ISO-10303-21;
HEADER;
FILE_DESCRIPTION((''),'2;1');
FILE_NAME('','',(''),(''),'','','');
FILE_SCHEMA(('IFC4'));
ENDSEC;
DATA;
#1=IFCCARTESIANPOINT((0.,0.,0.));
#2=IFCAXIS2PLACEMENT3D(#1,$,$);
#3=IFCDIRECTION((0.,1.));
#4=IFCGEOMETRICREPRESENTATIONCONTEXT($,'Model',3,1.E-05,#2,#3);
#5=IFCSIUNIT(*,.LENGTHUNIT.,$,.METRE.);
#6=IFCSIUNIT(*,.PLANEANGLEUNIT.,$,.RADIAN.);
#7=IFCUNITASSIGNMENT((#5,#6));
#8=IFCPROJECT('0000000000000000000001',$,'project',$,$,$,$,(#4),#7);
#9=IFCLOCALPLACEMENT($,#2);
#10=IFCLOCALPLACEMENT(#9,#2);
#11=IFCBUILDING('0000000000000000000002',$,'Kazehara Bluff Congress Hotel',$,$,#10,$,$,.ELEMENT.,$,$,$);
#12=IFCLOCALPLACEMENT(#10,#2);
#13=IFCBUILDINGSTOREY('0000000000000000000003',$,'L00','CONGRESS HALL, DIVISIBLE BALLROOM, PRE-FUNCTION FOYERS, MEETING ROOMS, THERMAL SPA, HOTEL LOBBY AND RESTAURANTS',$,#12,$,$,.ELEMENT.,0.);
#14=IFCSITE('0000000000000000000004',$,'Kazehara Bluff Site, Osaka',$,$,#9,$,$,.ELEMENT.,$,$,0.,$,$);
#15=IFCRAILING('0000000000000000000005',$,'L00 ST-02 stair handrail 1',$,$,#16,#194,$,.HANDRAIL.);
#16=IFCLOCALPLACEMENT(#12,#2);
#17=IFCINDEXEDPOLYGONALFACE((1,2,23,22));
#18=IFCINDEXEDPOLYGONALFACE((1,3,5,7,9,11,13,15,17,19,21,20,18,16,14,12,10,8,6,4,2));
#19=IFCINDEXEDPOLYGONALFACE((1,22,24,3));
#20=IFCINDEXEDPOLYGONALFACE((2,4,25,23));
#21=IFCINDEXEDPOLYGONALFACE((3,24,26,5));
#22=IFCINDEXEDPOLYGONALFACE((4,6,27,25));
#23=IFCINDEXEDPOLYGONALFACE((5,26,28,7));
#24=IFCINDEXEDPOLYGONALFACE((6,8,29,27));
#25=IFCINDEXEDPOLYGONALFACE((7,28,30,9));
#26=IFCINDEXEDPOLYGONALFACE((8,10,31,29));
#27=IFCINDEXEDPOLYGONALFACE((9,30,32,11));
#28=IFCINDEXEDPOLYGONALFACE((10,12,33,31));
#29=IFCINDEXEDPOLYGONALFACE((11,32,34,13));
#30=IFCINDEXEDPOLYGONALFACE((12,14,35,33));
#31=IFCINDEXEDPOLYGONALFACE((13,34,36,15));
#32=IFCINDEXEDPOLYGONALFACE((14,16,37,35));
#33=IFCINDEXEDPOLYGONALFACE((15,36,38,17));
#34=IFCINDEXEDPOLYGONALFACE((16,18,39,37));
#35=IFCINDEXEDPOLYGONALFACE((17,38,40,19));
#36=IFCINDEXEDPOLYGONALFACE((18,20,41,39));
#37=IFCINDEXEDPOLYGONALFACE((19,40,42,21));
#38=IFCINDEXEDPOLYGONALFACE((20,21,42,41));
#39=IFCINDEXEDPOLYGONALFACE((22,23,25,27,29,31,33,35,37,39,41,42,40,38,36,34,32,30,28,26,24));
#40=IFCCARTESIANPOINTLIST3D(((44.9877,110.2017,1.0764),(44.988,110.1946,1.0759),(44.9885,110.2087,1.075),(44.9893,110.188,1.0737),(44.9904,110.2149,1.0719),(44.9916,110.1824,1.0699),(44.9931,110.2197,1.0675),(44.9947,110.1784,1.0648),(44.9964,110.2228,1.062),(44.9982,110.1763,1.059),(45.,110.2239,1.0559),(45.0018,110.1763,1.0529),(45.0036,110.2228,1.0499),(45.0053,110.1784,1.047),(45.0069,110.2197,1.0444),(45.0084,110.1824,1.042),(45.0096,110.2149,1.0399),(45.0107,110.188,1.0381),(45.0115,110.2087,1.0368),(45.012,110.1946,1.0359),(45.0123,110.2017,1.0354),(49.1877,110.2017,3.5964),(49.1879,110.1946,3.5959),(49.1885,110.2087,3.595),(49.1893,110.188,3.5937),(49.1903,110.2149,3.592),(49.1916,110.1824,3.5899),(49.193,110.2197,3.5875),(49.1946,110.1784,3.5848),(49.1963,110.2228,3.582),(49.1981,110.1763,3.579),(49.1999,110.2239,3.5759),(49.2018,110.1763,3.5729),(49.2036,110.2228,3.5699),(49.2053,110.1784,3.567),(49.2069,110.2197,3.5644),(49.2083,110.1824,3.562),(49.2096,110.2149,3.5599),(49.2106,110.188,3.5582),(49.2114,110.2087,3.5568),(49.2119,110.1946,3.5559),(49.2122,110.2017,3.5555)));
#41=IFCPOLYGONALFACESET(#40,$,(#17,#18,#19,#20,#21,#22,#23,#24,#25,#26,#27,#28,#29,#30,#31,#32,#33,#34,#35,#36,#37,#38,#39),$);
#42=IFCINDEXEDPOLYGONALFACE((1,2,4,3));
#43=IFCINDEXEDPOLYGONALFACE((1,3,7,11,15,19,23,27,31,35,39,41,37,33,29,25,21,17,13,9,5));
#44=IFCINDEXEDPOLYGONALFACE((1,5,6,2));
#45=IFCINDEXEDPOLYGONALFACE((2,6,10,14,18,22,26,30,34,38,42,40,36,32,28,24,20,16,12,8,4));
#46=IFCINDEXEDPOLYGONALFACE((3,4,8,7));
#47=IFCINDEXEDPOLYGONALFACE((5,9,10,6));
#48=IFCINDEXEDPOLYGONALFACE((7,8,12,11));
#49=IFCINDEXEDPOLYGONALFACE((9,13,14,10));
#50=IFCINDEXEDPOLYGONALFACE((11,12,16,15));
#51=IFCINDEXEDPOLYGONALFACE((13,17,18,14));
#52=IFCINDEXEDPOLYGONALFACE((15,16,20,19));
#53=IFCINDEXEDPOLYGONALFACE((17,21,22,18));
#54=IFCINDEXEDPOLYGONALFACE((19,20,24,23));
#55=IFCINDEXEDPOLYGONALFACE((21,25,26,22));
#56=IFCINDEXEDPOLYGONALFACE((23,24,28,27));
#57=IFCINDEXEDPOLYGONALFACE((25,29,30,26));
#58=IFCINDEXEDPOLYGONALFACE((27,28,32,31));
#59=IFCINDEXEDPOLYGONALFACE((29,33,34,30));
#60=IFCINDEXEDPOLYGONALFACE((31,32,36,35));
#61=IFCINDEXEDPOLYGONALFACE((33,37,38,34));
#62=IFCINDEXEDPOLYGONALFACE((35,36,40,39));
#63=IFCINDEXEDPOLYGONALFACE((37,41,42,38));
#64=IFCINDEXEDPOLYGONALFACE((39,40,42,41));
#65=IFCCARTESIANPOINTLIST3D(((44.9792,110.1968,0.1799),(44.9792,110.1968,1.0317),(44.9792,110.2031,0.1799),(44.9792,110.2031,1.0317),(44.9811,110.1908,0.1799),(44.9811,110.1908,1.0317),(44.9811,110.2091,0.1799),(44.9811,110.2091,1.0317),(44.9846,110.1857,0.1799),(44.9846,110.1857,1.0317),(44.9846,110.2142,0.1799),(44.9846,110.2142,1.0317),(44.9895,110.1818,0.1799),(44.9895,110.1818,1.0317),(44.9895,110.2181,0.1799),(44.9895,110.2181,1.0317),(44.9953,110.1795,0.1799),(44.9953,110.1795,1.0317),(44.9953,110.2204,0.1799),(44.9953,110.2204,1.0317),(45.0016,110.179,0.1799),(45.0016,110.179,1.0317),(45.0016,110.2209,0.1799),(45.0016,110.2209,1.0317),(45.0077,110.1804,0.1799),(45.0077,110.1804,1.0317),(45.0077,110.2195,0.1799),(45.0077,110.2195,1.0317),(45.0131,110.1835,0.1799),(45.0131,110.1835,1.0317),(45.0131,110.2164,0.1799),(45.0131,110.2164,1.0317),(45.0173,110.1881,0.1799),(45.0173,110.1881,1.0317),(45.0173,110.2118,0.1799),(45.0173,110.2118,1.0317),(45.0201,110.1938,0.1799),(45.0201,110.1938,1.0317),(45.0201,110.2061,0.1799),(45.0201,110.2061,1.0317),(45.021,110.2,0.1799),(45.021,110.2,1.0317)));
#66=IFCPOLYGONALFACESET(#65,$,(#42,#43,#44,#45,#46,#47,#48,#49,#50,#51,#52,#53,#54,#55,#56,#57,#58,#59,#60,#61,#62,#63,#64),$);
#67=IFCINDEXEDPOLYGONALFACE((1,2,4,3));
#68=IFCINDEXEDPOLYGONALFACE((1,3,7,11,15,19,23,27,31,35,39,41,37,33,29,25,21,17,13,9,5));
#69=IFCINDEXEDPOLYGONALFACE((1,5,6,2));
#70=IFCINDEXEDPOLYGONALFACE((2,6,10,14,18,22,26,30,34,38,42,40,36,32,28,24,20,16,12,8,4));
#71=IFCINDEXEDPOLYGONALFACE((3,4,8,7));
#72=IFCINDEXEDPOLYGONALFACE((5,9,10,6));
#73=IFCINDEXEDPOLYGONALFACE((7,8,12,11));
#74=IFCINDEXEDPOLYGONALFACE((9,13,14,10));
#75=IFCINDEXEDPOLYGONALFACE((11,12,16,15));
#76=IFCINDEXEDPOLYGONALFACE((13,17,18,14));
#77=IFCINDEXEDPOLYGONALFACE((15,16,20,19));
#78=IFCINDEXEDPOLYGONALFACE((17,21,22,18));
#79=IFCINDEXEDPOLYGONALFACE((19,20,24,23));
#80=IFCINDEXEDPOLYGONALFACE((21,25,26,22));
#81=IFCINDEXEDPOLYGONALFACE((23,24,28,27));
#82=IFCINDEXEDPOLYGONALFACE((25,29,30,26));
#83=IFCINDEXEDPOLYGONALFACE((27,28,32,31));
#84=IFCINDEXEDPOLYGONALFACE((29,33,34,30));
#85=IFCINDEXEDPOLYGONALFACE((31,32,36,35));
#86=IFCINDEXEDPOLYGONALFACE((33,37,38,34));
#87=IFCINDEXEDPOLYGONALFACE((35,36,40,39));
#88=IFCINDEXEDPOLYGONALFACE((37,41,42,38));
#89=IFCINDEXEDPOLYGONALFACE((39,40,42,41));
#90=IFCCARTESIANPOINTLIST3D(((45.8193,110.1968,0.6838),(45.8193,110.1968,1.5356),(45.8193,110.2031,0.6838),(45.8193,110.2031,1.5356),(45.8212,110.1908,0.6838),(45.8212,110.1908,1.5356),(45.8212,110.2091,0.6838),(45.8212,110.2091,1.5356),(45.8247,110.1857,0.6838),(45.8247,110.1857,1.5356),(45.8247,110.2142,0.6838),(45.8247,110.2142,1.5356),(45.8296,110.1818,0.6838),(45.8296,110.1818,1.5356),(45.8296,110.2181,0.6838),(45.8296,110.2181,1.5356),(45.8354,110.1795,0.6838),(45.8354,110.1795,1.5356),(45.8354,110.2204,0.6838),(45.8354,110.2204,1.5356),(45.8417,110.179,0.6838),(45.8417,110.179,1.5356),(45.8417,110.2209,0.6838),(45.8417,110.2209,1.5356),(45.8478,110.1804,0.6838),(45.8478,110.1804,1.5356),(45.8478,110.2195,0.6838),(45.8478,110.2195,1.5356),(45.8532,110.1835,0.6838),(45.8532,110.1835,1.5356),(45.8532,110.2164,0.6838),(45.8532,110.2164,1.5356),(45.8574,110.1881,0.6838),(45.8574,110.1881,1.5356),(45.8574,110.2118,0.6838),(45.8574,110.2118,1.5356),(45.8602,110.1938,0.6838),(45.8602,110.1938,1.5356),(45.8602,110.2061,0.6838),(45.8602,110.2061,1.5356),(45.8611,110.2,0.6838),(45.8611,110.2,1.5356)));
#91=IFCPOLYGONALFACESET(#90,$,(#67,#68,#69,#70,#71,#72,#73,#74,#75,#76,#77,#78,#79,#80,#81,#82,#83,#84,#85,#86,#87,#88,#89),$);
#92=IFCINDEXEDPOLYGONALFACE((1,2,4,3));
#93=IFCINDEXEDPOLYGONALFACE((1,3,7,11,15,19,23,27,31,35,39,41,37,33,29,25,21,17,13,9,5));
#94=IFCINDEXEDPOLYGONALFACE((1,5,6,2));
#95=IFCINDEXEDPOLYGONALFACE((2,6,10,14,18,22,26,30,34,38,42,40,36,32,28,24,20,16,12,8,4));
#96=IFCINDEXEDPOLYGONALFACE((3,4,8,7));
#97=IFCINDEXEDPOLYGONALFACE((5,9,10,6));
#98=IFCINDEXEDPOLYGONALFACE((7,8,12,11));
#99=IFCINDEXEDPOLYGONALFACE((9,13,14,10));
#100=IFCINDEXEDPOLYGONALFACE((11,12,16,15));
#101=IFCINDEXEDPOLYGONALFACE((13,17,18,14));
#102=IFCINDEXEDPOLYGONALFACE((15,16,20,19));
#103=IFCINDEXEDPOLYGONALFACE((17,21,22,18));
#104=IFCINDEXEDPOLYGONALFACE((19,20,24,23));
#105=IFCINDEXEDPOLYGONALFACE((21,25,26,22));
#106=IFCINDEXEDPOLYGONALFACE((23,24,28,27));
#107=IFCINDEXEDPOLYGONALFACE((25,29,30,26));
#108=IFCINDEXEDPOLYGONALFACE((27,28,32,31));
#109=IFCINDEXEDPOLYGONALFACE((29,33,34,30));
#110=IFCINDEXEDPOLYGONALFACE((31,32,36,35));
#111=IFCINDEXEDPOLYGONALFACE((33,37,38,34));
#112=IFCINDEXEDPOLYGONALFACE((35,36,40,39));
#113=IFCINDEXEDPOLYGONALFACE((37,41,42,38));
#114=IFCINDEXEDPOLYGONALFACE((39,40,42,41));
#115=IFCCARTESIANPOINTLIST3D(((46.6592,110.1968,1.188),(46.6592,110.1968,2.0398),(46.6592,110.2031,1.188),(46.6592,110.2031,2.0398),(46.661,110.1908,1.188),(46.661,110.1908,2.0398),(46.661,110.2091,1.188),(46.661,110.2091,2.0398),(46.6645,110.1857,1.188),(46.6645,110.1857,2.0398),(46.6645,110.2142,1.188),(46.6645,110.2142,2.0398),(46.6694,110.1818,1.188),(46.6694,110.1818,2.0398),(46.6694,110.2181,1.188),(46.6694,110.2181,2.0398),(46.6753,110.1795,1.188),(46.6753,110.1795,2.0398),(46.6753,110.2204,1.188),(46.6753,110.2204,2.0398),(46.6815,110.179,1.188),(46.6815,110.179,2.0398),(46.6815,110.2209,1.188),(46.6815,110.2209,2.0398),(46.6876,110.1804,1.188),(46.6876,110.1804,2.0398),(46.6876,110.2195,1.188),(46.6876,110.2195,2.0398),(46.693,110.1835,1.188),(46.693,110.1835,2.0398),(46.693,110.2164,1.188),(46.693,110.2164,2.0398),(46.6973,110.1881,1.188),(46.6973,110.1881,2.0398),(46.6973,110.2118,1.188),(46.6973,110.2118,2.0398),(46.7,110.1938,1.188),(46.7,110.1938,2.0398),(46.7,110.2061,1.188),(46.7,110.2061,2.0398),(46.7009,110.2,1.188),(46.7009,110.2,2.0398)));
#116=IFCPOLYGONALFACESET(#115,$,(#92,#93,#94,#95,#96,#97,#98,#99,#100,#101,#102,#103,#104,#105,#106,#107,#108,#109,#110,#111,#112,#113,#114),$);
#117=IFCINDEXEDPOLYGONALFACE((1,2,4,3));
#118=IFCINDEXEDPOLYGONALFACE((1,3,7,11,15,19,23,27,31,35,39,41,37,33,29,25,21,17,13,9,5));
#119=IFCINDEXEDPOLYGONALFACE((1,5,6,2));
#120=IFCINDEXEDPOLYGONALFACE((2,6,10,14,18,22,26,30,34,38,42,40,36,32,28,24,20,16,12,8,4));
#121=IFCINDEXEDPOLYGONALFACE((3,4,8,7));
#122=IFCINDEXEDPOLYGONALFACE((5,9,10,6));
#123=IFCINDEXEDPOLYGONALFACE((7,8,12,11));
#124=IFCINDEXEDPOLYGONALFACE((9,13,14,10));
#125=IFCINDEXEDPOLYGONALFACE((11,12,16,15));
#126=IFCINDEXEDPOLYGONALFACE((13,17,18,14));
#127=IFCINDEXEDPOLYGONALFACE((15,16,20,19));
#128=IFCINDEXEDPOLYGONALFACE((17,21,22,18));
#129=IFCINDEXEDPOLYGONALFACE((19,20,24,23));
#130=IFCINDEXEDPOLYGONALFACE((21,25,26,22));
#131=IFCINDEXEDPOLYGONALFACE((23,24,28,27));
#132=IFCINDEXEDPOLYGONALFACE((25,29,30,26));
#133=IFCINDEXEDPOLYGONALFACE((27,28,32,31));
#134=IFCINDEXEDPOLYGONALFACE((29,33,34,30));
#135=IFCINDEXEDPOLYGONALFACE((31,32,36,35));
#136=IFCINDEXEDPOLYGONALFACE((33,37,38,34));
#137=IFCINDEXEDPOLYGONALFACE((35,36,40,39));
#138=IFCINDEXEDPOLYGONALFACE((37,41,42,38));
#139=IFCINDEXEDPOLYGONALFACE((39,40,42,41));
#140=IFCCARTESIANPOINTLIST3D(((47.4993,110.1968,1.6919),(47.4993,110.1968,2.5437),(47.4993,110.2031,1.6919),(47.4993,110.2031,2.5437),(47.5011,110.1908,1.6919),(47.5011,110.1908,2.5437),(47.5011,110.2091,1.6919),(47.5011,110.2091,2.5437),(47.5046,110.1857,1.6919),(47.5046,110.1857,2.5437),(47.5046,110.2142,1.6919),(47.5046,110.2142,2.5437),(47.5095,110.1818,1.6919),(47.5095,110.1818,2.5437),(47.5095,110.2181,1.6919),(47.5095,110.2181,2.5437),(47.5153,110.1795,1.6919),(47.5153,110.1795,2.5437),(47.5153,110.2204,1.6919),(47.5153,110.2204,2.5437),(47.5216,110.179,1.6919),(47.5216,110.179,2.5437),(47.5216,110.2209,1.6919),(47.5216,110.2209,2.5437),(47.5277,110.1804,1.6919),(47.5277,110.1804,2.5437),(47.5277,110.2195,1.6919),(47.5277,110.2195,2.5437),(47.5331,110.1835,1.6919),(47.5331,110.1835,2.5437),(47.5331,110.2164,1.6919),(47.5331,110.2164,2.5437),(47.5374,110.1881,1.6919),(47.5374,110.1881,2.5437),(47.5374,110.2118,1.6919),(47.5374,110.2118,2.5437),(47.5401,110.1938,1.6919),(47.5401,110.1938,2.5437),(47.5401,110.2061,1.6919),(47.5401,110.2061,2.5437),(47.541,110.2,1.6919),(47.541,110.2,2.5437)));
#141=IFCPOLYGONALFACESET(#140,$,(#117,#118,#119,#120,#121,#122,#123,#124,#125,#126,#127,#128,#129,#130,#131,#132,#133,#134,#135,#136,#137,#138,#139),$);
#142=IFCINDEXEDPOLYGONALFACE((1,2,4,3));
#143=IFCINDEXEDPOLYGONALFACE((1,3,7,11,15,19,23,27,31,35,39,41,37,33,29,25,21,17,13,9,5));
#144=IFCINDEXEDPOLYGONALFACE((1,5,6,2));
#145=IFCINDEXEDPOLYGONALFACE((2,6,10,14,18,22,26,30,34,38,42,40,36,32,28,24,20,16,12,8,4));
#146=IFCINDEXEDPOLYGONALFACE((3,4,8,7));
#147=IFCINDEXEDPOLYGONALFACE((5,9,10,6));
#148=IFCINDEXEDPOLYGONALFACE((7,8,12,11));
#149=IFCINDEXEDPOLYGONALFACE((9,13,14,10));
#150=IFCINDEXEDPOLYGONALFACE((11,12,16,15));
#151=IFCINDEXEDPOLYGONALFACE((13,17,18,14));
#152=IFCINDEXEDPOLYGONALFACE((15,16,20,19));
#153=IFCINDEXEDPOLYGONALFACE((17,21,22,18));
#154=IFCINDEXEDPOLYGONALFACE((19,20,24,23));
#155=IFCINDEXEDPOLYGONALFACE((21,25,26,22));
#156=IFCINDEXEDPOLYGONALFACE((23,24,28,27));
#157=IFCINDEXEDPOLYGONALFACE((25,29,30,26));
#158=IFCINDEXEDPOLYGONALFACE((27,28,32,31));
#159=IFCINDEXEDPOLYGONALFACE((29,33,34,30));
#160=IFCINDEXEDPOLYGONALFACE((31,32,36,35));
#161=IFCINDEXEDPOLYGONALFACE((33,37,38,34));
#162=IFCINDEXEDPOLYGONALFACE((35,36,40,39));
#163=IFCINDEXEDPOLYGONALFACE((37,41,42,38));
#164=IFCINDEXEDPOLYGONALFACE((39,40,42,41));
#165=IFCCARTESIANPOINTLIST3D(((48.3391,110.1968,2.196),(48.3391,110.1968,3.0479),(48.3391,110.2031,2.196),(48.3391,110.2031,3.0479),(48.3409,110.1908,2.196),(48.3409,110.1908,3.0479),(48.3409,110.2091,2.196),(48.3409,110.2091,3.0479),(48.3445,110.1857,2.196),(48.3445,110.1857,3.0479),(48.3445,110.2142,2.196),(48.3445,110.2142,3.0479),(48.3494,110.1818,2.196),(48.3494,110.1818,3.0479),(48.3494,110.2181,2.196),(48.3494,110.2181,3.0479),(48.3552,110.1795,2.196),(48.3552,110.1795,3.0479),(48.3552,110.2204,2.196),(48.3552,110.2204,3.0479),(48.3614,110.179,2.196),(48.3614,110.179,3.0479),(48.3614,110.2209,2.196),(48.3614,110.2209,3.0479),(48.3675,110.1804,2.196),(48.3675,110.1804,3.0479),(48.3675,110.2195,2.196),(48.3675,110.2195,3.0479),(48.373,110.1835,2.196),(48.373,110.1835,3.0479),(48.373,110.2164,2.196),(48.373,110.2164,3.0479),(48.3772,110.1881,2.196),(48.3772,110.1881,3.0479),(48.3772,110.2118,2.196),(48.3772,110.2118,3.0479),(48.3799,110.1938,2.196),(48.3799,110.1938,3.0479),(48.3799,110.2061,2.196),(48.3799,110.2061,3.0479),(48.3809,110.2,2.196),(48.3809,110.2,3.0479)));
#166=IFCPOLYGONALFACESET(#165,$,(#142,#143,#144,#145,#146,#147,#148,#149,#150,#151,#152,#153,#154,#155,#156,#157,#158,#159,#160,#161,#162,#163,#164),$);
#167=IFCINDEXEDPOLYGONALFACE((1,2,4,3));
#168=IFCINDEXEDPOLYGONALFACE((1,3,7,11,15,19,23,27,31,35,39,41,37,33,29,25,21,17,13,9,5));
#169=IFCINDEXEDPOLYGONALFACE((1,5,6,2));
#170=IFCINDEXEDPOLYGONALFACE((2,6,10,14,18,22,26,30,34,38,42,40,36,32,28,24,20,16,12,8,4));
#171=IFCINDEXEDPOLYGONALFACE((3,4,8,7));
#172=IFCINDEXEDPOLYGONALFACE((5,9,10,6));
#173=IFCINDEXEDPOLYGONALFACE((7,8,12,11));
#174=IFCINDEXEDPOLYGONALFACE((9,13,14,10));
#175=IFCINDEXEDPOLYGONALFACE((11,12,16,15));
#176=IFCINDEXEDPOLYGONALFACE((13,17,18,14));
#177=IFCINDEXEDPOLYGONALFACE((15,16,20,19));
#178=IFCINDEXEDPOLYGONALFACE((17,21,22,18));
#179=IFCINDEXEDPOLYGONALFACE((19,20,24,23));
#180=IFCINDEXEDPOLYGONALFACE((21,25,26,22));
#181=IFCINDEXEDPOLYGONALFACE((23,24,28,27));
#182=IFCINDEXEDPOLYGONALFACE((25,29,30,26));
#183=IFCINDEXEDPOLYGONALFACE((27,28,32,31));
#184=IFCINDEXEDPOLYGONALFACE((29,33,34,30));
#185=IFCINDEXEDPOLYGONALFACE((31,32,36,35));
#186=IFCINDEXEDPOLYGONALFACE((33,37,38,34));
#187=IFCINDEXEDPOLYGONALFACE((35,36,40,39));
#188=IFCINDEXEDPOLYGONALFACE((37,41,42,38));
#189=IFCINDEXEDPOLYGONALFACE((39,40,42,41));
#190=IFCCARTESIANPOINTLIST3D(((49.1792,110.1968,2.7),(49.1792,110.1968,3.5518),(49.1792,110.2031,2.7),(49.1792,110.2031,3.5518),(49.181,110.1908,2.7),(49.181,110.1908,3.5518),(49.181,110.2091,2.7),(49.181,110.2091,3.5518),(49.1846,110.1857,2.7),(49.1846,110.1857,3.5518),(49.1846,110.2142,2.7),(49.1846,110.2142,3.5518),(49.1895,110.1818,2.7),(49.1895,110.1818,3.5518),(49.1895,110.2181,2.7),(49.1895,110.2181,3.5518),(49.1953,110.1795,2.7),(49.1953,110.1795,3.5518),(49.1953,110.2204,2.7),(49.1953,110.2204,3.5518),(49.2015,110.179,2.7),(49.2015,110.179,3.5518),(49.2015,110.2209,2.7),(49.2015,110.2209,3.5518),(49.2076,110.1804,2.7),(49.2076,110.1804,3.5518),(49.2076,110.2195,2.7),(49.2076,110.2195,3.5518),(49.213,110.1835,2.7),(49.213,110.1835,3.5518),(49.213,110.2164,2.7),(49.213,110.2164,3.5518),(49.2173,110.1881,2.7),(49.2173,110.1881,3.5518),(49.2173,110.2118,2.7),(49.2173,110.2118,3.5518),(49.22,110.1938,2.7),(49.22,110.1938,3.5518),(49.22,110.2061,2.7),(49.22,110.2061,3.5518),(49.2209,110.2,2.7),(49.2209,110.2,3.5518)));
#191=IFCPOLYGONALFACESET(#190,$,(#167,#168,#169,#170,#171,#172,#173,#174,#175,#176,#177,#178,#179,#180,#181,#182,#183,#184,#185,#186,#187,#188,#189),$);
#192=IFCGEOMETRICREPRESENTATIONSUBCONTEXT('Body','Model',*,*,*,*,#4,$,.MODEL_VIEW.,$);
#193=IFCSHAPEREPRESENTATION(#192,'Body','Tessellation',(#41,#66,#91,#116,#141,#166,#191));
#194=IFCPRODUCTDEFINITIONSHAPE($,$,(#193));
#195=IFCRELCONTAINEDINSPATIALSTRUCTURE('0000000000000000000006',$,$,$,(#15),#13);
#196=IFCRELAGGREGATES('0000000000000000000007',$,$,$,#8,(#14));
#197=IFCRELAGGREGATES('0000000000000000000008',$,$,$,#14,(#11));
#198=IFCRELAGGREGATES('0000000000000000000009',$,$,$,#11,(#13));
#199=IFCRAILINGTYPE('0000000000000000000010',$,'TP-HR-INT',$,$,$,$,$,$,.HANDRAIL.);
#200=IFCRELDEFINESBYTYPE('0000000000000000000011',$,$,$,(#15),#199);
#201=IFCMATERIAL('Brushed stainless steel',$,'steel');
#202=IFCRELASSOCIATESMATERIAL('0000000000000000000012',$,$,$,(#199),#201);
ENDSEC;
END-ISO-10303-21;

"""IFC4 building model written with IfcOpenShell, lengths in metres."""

from ifc_helpers import new_model, si_unit, direction, frame, origin, origin_2d, place, context, subcontext, project, spatial, circle, extrude, material, type_object, element, save


model = new_model("IFC4")

# Units and contexts
model_context = context("Model", 3, precision=1e-05, world=origin(), true_north=direction((0.0, 1.0)))
body_context = subcontext(model_context, "Body", "Model", "MODEL_VIEW")
ifc_project = project(units=[si_unit("LENGTHUNIT", "METRE"), si_unit("PLANEANGLEUNIT", "RADIAN")], contexts=[model_context])

# Site, building, storey
site_placement = place(None, origin())
site = spatial("IfcSite", under=ifc_project, at=site_placement, Name="Kazehara Bluff Site, Osaka", CompositionType="ELEMENT", RefElevation=0.0)
building_placement = place(site_placement, origin())
building = spatial("IfcBuilding", under=site, at=building_placement, Name="Kazehara Bluff Congress Hotel", CompositionType="ELEMENT")
storey_placement = place(building_placement, origin())
storey = spatial("IfcBuildingStorey", under=building, at=storey_placement, Name="L00", Description="CONGRESS HALL, DIVISIBLE BALLROOM, PRE-FUNCTION FOYERS, MEETING ROOMS, THERMAL SPA, HOTEL LOBBY AND RESTAURANTS", CompositionType="ELEMENT", Elevation=0.0)

# Railing
ifc_material_1 = material(Name="Brushed stainless steel", Category="steel")
railing_type = type_object("IfcRailingType", Name="TP-HR-INT", PredefinedType="HANDRAIL", material=ifc_material_1)
railing_placement = place(storey_placement, frame((45.0, 110.2, 0.1799)))
element("IfcRailing", 1, at=railing_placement, inside=storey, type_object=railing_type, Name="L00 ST-02 stair handrail 1", PredefinedType="HANDRAIL", context=body_context, shape_type="SweptSolid", body=[
    extrude(circle(Radius=0.0239, at=origin_2d()), frame((0.0, 0.0, 0.876), z_axis=(0.857489, 0.0, 0.514503), x_axis=(0.0, 1.0, 0.0)), (0.0, 0.0, 1.0), 4.8979),
    extrude(circle(Radius=0.021, at=origin_2d()), origin(), (0.0, 0.0, 1.0), 0.8518),
    extrude(circle(Radius=0.021, at=origin_2d()), frame((0.8401, 0.0, 0.5039)), (0.0, 0.0, 1.0), 0.8518),
    extrude(circle(Radius=0.021, at=origin_2d()), frame((1.6799, 0.0, 1.0081)), (0.0, 0.0, 1.0), 0.8518),
    extrude(circle(Radius=0.021, at=origin_2d()), frame((2.52, 0.0, 1.512)), (0.0, 0.0, 1.0), 0.8518),
    extrude(circle(Radius=0.021, at=origin_2d()), frame((3.3599, 0.0, 2.0161)), (0.0, 0.0, 1.0), 0.8518),
    extrude(circle(Radius=0.021, at=origin_2d()), frame((4.2, 0.0, 2.52)), (0.0, 0.0, 1.0), 0.8518),
])

save(model, "model.ifc")
